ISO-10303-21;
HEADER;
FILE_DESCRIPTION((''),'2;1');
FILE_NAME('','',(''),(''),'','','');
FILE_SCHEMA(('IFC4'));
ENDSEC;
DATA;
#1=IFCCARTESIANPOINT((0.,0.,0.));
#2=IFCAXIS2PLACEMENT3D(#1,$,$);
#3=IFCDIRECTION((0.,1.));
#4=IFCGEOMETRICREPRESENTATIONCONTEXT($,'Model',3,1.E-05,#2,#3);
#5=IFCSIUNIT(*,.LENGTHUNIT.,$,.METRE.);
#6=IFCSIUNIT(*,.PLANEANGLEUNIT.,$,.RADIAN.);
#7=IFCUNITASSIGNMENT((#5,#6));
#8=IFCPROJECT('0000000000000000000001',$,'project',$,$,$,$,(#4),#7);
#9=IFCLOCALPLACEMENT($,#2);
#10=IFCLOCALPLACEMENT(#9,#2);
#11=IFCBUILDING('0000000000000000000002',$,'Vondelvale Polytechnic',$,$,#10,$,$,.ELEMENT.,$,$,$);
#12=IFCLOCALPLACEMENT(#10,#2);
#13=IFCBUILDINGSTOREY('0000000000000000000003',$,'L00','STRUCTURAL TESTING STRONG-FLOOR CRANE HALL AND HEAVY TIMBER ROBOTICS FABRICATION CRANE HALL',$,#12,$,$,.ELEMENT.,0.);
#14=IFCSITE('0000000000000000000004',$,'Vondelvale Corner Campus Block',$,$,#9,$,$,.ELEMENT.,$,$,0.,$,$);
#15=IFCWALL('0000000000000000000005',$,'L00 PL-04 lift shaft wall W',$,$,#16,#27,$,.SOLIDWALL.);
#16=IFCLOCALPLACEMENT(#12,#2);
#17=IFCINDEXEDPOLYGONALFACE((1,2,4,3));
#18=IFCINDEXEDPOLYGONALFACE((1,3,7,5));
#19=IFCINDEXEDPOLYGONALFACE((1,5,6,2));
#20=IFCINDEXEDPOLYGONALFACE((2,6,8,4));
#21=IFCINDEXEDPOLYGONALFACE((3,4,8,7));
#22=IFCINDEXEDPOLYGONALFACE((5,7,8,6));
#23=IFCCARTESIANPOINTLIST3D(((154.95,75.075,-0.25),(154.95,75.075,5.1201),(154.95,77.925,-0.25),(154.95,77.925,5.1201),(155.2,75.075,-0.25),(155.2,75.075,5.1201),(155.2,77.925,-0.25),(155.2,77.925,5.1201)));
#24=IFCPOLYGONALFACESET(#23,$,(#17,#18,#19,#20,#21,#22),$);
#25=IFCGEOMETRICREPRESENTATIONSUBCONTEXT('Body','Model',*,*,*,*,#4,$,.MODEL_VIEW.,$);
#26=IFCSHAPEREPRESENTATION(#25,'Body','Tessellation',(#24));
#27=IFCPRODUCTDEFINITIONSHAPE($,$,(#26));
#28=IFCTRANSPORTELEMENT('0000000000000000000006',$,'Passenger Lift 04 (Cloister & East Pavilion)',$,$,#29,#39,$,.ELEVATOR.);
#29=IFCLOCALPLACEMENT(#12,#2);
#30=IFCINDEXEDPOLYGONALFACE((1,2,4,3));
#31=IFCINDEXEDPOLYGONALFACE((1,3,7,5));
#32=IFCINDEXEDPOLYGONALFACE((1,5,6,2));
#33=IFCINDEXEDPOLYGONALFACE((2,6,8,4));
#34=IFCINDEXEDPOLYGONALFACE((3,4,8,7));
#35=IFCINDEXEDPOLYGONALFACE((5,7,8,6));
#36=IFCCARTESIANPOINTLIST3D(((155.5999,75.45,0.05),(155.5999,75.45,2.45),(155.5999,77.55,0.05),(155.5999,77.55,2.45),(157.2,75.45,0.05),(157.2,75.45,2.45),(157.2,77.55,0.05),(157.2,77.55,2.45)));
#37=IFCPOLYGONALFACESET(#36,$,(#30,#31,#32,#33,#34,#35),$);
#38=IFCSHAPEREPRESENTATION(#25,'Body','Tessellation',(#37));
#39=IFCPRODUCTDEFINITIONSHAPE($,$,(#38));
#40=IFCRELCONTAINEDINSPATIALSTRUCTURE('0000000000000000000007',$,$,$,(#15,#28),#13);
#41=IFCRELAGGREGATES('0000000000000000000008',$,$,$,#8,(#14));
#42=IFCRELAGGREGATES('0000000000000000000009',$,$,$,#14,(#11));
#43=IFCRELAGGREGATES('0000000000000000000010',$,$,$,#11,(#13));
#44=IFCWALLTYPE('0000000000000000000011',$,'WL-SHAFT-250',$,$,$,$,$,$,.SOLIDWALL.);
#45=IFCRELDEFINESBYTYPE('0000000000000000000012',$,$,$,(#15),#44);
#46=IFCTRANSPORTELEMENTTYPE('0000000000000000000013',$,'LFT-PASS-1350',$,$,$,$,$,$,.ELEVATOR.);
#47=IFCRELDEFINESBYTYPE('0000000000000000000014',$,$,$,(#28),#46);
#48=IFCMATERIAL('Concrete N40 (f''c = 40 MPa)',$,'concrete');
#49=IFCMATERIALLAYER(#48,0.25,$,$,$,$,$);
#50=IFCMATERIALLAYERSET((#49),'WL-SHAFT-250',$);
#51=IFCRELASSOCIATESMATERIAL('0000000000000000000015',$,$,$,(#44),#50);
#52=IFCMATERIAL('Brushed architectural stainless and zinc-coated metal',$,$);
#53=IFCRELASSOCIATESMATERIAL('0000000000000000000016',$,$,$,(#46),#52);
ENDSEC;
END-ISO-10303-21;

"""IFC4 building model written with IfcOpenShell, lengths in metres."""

from ifc_helpers import new_model, si_unit, direction, frame, frame_2d, origin, origin_2d, place, context, subcontext, project, spatial, rectangle, extrude, material, layer, layer_set, type_object, element, save


model = new_model("IFC4")

# Units and contexts
model_context = context("Model", 3, precision=1e-05, world=origin(), true_north=direction((0.0, 1.0)))
body_context = subcontext(model_context, "Body", "Model", "MODEL_VIEW")
ifc_project = project(units=[si_unit("LENGTHUNIT", "METRE"), si_unit("PLANEANGLEUNIT", "RADIAN")], contexts=[model_context])

# Site, building, storey
site_placement = place(None, origin())
site = spatial("IfcSite", under=ifc_project, at=site_placement, Name="Vondelvale Corner Campus Block", CompositionType="ELEMENT", RefElevation=0.0)
building_placement = place(site_placement, origin())
building = spatial("IfcBuilding", under=site, at=building_placement, Name="Vondelvale Polytechnic", CompositionType="ELEMENT")
storey_placement = place(building_placement, origin())
storey = spatial("IfcBuildingStorey", under=building, at=storey_placement, Name="L00", Description="STRUCTURAL TESTING STRONG-FLOOR CRANE HALL AND HEAVY TIMBER ROBOTICS FABRICATION CRANE HALL", CompositionType="ELEMENT", Elevation=0.0)

# Shared definitions
ifc_material_1 = material(Name="Concrete N40 (f'c = 40 MPa)", Category="concrete")

# Shared definitions
ifc_layer_1 = layer(ifc_material_1, 0.25)
ifc_layer_set_1 = layer_set([ifc_layer_1], Name="WL-SHAFT-250")
wall_type_1 = type_object("IfcWallType", Name="WL-SHAFT-250", PredefinedType="SOLIDWALL", material=ifc_layer_set_1)

# Shared definitions
ifc_material_2 = material(Name="Brushed architectural stainless and zinc-coated metal")

# Wall
wall_1_placement = place(storey_placement, frame((155.075, 77.925, -0.25), z_axis=(0.0, 0.0, 1.0), x_axis=(0.0, -1.0, 0.0)))
element("IfcWall", 1, at=wall_1_placement, inside=storey, type_object=wall_type_1, Name="L00 PL-04 lift shaft wall W", PredefinedType="SOLIDWALL", context=body_context, shape_type="SweptSolid", body=[
    extrude(rectangle(XDim=2.8501, YDim=0.25, at=frame_2d((1.425, 0.0))), origin(), (0.0, 0.0, 1.0), 5.3701),
])

# Transport element
transport_element_type = type_object("IfcTransportElementType", Name="LFT-PASS-1350", PredefinedType="ELEVATOR", material=ifc_material_2)
transport_element_placement = place(storey_placement, frame((156.3999, 76.5, 0.05), z_axis=(0.0, 0.0, 1.0), x_axis=(1.0, 0.0, 0.0)))
element("IfcTransportElement", 2, at=transport_element_placement, inside=storey, type_object=transport_element_type, Name="Passenger Lift 04 (Cloister & East Pavilion)", PredefinedType="ELEVATOR", context=body_context, shape_type="SweptSolid", body=[
    extrude(rectangle(XDim=1.6001, YDim=2.1001, at=origin_2d()), origin(), (0.0, 0.0, 1.0), 2.3999),
])

save(model, "model.ifc")
